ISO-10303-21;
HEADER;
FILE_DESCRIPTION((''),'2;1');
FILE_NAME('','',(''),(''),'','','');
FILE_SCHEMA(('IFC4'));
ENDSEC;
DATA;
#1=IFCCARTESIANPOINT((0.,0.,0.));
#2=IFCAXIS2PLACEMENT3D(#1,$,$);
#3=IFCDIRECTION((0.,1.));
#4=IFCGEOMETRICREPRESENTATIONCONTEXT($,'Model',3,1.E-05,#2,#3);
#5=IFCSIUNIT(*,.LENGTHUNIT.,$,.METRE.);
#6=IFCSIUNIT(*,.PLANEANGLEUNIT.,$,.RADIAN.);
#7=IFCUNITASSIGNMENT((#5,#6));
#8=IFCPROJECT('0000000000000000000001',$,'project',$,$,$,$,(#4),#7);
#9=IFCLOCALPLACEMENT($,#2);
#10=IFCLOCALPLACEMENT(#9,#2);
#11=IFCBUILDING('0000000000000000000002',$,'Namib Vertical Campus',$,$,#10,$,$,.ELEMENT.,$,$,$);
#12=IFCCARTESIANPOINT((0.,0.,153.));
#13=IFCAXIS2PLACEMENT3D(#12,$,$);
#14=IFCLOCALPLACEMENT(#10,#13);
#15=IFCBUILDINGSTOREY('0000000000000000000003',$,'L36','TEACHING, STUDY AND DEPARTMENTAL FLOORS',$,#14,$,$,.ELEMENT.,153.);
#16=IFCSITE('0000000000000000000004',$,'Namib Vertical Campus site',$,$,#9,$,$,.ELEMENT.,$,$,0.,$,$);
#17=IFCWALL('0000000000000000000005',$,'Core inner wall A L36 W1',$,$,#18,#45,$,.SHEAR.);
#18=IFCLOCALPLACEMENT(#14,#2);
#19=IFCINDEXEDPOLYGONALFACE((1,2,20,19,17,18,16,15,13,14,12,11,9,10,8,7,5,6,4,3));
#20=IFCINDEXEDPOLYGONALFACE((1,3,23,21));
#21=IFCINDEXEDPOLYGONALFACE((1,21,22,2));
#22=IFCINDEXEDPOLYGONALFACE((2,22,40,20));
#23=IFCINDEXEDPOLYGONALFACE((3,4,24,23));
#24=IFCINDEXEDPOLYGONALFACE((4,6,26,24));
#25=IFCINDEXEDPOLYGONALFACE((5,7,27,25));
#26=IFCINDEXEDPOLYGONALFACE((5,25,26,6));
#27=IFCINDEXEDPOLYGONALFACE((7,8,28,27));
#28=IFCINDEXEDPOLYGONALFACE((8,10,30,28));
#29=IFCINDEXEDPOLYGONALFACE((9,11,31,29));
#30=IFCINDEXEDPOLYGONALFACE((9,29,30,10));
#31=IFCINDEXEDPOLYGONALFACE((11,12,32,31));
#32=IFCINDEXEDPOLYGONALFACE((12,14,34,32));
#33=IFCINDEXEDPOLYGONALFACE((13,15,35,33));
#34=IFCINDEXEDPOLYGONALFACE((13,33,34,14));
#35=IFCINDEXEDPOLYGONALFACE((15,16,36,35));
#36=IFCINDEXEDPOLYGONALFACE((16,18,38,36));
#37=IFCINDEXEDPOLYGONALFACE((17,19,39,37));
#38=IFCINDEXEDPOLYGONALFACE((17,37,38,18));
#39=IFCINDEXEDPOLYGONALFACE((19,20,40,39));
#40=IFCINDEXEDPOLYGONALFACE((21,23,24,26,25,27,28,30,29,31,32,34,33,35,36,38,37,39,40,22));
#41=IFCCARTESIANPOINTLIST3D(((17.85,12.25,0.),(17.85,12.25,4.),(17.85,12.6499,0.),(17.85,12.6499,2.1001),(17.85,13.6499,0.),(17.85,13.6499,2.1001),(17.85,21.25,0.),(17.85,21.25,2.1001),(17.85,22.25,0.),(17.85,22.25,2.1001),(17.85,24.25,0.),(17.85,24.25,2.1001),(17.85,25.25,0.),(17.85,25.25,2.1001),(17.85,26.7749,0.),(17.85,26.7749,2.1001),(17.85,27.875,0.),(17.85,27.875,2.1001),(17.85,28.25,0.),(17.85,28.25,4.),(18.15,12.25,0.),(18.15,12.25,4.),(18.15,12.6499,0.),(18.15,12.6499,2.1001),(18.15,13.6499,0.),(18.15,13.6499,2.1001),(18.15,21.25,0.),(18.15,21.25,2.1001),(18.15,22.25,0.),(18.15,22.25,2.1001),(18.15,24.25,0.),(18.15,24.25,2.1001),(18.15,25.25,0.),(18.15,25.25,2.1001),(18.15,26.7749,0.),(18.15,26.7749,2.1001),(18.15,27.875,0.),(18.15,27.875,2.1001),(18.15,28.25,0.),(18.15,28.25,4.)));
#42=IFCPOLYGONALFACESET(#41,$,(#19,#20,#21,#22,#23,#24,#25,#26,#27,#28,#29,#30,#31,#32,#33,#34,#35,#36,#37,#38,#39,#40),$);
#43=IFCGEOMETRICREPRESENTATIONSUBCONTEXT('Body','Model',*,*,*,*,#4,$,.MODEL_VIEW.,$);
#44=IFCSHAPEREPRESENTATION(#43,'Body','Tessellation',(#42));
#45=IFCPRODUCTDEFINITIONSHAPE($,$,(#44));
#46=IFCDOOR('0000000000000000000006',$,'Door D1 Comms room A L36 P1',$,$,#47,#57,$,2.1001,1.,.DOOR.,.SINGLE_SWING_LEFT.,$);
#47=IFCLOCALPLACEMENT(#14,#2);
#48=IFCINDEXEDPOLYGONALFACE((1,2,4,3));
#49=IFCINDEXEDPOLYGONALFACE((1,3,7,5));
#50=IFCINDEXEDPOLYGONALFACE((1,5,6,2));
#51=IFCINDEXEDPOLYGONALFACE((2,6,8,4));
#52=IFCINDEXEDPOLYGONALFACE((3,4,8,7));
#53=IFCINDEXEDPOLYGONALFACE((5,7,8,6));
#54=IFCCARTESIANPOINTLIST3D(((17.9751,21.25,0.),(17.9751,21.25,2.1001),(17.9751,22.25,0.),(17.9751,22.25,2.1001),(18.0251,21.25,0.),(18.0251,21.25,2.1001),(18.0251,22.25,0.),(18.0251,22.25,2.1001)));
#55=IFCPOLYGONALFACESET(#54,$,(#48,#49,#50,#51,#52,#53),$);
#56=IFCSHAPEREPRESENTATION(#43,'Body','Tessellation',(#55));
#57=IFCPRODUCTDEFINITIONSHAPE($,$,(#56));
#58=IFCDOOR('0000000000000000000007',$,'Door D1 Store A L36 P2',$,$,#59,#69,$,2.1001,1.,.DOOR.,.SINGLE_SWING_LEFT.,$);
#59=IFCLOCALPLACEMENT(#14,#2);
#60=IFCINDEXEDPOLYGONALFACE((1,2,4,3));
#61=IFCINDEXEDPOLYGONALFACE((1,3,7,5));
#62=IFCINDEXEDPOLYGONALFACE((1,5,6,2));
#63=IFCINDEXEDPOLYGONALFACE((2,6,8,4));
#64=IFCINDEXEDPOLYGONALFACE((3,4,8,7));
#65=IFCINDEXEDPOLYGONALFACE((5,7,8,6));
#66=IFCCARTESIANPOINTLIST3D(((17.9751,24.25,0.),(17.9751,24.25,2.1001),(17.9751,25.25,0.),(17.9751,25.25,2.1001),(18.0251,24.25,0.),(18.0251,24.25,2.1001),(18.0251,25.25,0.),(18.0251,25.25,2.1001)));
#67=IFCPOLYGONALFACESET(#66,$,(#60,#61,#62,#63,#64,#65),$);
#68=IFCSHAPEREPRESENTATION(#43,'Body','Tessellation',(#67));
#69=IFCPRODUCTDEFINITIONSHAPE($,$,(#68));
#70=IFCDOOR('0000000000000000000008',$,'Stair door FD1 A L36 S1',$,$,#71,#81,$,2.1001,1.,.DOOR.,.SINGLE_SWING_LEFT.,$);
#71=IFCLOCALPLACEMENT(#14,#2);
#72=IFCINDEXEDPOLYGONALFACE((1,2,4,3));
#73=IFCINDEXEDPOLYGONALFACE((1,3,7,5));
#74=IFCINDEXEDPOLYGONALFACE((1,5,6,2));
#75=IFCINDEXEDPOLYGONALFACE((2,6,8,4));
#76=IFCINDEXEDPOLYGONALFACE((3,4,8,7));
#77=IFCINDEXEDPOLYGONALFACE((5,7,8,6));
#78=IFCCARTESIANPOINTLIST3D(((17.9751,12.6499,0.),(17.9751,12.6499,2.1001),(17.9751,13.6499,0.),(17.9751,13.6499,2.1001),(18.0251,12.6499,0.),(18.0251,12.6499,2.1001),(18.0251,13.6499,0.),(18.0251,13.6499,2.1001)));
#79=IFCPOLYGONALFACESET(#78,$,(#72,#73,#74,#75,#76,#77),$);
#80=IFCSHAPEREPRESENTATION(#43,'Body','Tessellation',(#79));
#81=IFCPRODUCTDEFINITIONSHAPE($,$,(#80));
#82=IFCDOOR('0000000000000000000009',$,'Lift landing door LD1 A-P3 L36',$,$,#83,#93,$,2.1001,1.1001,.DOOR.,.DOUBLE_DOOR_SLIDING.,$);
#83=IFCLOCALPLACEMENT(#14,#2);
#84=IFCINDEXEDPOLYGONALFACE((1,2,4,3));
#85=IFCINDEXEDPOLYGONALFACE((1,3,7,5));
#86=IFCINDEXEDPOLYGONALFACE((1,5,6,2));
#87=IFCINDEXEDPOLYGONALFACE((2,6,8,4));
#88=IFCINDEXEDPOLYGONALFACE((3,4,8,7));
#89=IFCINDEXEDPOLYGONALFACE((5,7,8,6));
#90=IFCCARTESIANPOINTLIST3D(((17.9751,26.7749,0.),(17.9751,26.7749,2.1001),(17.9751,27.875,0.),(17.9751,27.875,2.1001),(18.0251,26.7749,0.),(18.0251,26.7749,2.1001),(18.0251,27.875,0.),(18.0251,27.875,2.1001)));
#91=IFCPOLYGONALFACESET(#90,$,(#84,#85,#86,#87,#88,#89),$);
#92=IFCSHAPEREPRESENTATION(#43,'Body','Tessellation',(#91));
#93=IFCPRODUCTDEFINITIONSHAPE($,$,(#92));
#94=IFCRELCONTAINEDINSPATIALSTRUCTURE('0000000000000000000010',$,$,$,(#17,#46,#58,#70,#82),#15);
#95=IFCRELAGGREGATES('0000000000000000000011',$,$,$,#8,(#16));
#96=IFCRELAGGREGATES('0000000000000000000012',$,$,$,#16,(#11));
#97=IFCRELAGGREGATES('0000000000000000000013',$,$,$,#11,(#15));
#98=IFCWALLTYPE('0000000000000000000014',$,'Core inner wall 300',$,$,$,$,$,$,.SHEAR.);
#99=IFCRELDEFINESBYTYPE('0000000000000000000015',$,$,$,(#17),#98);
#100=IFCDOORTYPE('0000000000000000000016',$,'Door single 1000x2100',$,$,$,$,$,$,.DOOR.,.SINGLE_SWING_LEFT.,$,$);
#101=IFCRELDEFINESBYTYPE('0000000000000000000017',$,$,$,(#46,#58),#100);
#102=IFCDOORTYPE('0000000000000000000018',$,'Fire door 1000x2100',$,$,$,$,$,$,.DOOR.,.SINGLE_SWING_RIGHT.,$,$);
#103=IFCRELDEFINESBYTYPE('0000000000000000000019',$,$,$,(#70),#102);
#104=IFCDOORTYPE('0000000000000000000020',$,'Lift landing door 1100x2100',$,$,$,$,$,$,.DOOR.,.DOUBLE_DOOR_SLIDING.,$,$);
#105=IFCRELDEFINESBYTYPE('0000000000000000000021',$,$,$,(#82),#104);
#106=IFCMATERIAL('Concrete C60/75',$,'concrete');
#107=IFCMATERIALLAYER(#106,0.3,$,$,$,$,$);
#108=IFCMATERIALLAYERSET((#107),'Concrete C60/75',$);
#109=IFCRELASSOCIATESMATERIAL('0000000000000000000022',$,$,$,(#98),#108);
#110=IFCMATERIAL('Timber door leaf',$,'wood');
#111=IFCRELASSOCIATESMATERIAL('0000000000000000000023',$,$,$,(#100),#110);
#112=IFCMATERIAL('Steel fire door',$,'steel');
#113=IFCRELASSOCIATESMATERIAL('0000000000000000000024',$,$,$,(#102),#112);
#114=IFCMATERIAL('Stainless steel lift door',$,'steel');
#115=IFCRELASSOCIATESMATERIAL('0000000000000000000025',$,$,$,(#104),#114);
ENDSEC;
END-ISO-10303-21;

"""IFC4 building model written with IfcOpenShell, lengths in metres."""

from ifc_helpers import new_model, si_unit, direction, frame, frame_2d, origin, place, context, subcontext, project, spatial, rectangle, extrude, material, layer, layer_set, type_object, element, fill, save


model = new_model("IFC4")

# Units and contexts
model_context = context("Model", 3, precision=1e-05, world=origin(), true_north=direction((0.0, 1.0)))
body_context = subcontext(model_context, "Body", "Model", "MODEL_VIEW")
ifc_project = project(units=[si_unit("LENGTHUNIT", "METRE"), si_unit("PLANEANGLEUNIT", "RADIAN")], contexts=[model_context])

# Site, building, storey
site_placement = place(None, origin())
site = spatial("IfcSite", under=ifc_project, at=site_placement, Name="Namib Vertical Campus site", CompositionType="ELEMENT", RefElevation=0.0)
building_placement = place(site_placement, origin())
building = spatial("IfcBuilding", under=site, at=building_placement, Name="Namib Vertical Campus", CompositionType="ELEMENT")
storey_placement = place(building_placement, frame((0.0, 0.0, 153.0)))
storey = spatial("IfcBuildingStorey", under=building, at=storey_placement, Name="L36", Description="TEACHING, STUDY AND DEPARTMENTAL FLOORS", CompositionType="ELEMENT", Elevation=153.0)

# Wall, openings, doors
ifc_material_1 = material(Name="Concrete C60/75", Category="concrete")
ifc_layer_1 = layer(ifc_material_1, 0.3)
ifc_layer_set_1 = layer_set([ifc_layer_1], Name="Concrete C60/75")
wall_type_1 = type_object("IfcWallType", Name="Core inner wall 300", PredefinedType="SHEAR", material=ifc_layer_set_1)
wall_1_placement = place(storey_placement, frame((18.0, 12.25, 0.0), z_axis=(0.0, 0.0, 1.0), x_axis=(0.0, 1.0, 0.0)))
wall_1 = element("IfcWall", 1, at=wall_1_placement, inside=storey, type_object=wall_type_1, Name="Core inner wall A L36 W1", PredefinedType="SHEAR", context=body_context, shape_type="SweptSolid", body=[
    extrude(rectangle(XDim=16.0, YDim=0.3, at=frame_2d((8.0, 0.0))), origin(), (0.0, 0.0, 1.0), 4.0),
])
opening_1_placement = place(wall_1_placement, frame((0.3999, 0.0, 0.0)))
opening_1 = element("IfcOpeningElement", 2, at=opening_1_placement, cuts=wall_1, PredefinedType="OPENING", context=body_context, shape_type="SweptSolid", body=[
    extrude(rectangle(XDim=1.0, YDim=2.1001, at=frame_2d((0.5, 1.05))), frame((0.0, 0.1599, 0.0), z_axis=(0.0, -1.0, 0.0), x_axis=(1.0, 0.0, 0.0)), (0.0, 0.0, 1.0), 0.3201),
])
opening_2_placement = place(wall_1_placement, frame((14.5249, 0.0, 0.0)))
opening_2 = element("IfcOpeningElement", 3, at=opening_2_placement, cuts=wall_1, PredefinedType="OPENING", context=body_context, shape_type="SweptSolid", body=[
    extrude(rectangle(XDim=1.1001, YDim=2.1001, at=frame_2d((0.55, 1.05))), frame((0.0, 0.1599, 0.0), z_axis=(0.0, -1.0, 0.0), x_axis=(1.0, 0.0, 0.0)), (0.0, 0.0, 1.0), 0.3201),
])
opening_3_placement = place(wall_1_placement, frame((9.0, 0.0, 0.0)))
opening_3 = element("IfcOpeningElement", 4, at=opening_3_placement, cuts=wall_1, PredefinedType="OPENING", context=body_context, shape_type="SweptSolid", body=[
    extrude(rectangle(XDim=1.0, YDim=2.1001, at=frame_2d((0.5, 1.05))), frame((0.0, 0.1599, 0.0), z_axis=(0.0, -1.0, 0.0), x_axis=(1.0, 0.0, 0.0)), (0.0, 0.0, 1.0), 0.3201),
])
opening_4_placement = place(wall_1_placement, frame((12.0, 0.0, 0.0)))
opening_4 = element("IfcOpeningElement", 5, at=opening_4_placement, cuts=wall_1, PredefinedType="OPENING", context=body_context, shape_type="SweptSolid", body=[
    extrude(rectangle(XDim=1.0, YDim=2.1001, at=frame_2d((0.5, 1.05))), frame((0.0, 0.1599, 0.0), z_axis=(0.0, -1.0, 0.0), x_axis=(1.0, 0.0, 0.0)), (0.0, 0.0, 1.0), 0.3201),
])
ifc_material_2 = material(Name="Timber door leaf", Category="wood")
door_type_1 = type_object("IfcDoorType", Name="Door single 1000x2100", OperationType="SINGLE_SWING_LEFT", PredefinedType="DOOR", material=ifc_material_2)
door_1_placement = place(opening_3_placement, origin())
door_1 = element("IfcDoor", 6, at=door_1_placement, inside=storey, type_object=door_type_1, Name="Door D1 Comms room A L36 P1", OperationType="SINGLE_SWING_LEFT", OverallHeight=2.1001, OverallWidth=1.0, PredefinedType="DOOR", context=body_context, shape_type="SweptSolid", body=[
    extrude(rectangle(XDim=1.0, YDim=2.1001, at=frame_2d((0.5, 1.05))), frame((0.0, 0.0249, 0.0), z_axis=(0.0, -1.0, 0.0), x_axis=(1.0, 0.0, 0.0)), (0.0, 0.0, 1.0), 0.05),
])
fill(opening_3, door_1)
door_2_placement = place(opening_4_placement, origin())
door_2 = element("IfcDoor", 7, at=door_2_placement, inside=storey, type_object=door_type_1, Name="Door D1 Store A L36 P2", OperationType="SINGLE_SWING_LEFT", OverallHeight=2.1001, OverallWidth=1.0, PredefinedType="DOOR", context=body_context, shape_type="SweptSolid", body=[
    extrude(rectangle(XDim=1.0, YDim=2.1001, at=frame_2d((0.5, 1.05))), frame((0.0, 0.0249, 0.0), z_axis=(0.0, -1.0, 0.0), x_axis=(1.0, 0.0, 0.0)), (0.0, 0.0, 1.0), 0.05),
])
fill(opening_4, door_2)
ifc_material_3 = material(Name="Steel fire door", Category="steel")
door_type_2 = type_object("IfcDoorType", Name="Fire door 1000x2100", OperationType="SINGLE_SWING_RIGHT", PredefinedType="DOOR", material=ifc_material_3)
door_3_placement = place(opening_1_placement, origin())
door_3 = element("IfcDoor", 8, at=door_3_placement, inside=storey, type_object=door_type_2, Name="Stair door FD1 A L36 S1", OperationType="SINGLE_SWING_LEFT", OverallHeight=2.1001, OverallWidth=1.0, PredefinedType="DOOR", context=body_context, shape_type="SweptSolid", body=[
    extrude(rectangle(XDim=1.0, YDim=2.1001, at=frame_2d((0.5, 1.05))), frame((0.0, 0.0249, 0.0), z_axis=(0.0, -1.0, 0.0), x_axis=(1.0, 0.0, 0.0)), (0.0, 0.0, 1.0), 0.05),
])
fill(opening_1, door_3)
ifc_material_4 = material(Name="Stainless steel lift door", Category="steel")
door_type_3 = type_object("IfcDoorType", Name="Lift landing door 1100x2100", OperationType="DOUBLE_DOOR_SLIDING", PredefinedType="DOOR", material=ifc_material_4)
door_4_placement = place(opening_2_placement, origin())
door_4 = element("IfcDoor", 9, at=door_4_placement, inside=storey, type_object=door_type_3, Name="Lift landing door LD1 A-P3 L36", OperationType="DOUBLE_DOOR_SLIDING", OverallHeight=2.1001, OverallWidth=1.1001, PredefinedType="DOOR", context=body_context, shape_type="SweptSolid", body=[
    extrude(rectangle(XDim=1.1001, YDim=2.1001, at=frame_2d((0.55, 1.05))), frame((0.0, 0.0249, 0.0), z_axis=(0.0, -1.0, 0.0), x_axis=(1.0, 0.0, 0.0)), (0.0, 0.0, 1.0), 0.05),
])
fill(opening_2, door_4)

save(model, "model.ifc")
